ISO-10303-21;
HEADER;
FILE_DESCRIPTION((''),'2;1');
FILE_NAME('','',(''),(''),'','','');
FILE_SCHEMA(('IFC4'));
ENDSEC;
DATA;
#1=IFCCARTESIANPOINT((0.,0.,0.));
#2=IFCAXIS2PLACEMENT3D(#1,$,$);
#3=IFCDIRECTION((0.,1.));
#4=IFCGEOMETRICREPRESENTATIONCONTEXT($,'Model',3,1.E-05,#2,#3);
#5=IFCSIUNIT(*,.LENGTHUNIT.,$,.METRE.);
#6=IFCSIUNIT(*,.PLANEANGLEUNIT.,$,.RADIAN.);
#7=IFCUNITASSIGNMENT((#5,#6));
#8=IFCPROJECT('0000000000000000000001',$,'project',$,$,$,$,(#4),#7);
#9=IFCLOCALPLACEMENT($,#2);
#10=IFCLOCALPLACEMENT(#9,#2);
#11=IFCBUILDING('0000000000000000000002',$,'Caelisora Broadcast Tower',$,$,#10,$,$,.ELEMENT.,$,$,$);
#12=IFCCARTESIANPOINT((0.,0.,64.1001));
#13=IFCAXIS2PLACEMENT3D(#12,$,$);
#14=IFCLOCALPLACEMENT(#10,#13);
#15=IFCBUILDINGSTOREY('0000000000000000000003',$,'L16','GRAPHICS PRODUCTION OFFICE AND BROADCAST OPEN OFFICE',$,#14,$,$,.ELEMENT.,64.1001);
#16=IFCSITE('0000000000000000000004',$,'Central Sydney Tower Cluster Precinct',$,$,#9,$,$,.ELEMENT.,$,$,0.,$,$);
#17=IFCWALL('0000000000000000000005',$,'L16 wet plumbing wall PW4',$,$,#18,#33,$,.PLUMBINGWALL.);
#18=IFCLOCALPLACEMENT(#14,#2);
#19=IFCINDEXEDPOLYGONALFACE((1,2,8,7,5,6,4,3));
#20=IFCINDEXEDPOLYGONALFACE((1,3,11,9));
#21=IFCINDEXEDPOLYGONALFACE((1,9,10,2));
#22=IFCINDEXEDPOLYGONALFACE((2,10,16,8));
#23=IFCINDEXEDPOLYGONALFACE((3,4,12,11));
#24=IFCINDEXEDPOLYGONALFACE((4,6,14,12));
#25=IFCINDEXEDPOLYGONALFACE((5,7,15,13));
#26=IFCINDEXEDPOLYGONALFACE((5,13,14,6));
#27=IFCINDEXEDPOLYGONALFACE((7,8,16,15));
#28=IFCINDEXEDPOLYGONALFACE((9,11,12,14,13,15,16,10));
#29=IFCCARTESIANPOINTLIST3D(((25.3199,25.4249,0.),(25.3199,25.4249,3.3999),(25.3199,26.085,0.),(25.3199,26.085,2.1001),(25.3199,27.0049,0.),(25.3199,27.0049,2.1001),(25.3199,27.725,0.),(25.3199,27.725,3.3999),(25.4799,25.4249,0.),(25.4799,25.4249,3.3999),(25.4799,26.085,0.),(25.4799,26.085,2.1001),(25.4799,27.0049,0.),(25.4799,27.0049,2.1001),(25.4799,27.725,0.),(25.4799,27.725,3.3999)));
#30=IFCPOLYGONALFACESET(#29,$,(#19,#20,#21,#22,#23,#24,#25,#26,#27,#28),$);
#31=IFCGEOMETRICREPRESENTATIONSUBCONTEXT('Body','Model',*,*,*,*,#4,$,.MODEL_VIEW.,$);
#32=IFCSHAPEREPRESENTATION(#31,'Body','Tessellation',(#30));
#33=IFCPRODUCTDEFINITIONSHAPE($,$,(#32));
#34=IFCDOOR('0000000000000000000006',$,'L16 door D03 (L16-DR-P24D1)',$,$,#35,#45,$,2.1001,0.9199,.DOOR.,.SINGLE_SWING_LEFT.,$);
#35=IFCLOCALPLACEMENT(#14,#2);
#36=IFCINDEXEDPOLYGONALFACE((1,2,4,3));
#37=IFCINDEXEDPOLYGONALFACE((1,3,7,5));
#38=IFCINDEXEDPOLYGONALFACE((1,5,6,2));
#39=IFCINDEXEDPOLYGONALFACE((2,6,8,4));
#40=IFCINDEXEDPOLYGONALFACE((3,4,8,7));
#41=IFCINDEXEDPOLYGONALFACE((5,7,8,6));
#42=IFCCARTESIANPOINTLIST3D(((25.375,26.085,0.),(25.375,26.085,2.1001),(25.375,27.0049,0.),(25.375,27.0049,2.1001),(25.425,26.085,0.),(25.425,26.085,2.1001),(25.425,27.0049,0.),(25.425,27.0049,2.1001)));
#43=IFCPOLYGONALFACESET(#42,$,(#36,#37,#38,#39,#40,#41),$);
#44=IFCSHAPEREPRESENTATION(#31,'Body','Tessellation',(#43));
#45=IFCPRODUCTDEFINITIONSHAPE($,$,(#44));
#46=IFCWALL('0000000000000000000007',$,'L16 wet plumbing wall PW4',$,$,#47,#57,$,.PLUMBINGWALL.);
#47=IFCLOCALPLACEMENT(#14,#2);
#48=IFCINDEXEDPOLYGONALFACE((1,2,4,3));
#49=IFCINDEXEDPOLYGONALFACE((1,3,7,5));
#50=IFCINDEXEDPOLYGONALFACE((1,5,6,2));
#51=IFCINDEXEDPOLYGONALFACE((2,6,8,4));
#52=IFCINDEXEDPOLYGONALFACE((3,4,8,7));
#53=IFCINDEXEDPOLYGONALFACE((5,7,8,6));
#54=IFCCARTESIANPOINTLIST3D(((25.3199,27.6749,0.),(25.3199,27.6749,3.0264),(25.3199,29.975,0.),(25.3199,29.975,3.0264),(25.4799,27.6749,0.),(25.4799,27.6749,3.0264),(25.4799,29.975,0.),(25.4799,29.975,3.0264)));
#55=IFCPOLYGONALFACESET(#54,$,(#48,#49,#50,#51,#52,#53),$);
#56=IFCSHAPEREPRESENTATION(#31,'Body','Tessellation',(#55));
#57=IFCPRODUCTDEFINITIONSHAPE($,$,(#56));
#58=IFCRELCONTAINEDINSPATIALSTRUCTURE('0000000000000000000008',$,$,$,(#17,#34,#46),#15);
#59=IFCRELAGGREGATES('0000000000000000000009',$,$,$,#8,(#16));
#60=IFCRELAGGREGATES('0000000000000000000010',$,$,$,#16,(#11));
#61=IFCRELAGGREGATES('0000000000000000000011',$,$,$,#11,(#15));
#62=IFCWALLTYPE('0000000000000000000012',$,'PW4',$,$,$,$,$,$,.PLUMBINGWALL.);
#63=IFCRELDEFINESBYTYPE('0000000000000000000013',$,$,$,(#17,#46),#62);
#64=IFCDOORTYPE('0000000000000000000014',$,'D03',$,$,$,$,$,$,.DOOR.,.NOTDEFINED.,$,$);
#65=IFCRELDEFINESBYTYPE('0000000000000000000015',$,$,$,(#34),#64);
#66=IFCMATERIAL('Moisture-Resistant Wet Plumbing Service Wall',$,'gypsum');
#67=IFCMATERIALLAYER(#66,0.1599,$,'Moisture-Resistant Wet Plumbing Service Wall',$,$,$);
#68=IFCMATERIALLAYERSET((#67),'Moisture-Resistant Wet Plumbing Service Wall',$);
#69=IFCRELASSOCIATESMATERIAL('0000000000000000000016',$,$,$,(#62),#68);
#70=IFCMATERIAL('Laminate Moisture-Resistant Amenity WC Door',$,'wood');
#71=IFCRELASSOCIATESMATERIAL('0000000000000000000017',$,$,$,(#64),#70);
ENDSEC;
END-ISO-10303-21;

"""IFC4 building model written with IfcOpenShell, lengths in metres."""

from ifc_helpers import new_model, si_unit, direction, frame, frame_2d, origin, place, context, subcontext, project, spatial, rectangle, extrude, material, layer, layer_set, type_object, element, fill, save


model = new_model("IFC4")

# Units and contexts
model_context = context("Model", 3, precision=1e-05, world=origin(), true_north=direction((0.0, 1.0)))
body_context = subcontext(model_context, "Body", "Model", "MODEL_VIEW")
ifc_project = project(units=[si_unit("LENGTHUNIT", "METRE"), si_unit("PLANEANGLEUNIT", "RADIAN")], contexts=[model_context])

# Site, building, storey
site_placement = place(None, origin())
site = spatial("IfcSite", under=ifc_project, at=site_placement, Name="Central Sydney Tower Cluster Precinct", CompositionType="ELEMENT", RefElevation=0.0)
building_placement = place(site_placement, origin())
building = spatial("IfcBuilding", under=site, at=building_placement, Name="Caelisora Broadcast Tower", CompositionType="ELEMENT")
storey_placement = place(building_placement, frame((0.0, 0.0, 64.1001)))
storey = spatial("IfcBuildingStorey", under=building, at=storey_placement, Name="L16", Description="GRAPHICS PRODUCTION OFFICE AND BROADCAST OPEN OFFICE", CompositionType="ELEMENT", Elevation=64.1001)

# Wall, opening, door
ifc_material_1 = material(Name="Moisture-Resistant Wet Plumbing Service Wall", Category="gypsum")
ifc_layer_1 = layer(ifc_material_1, 0.1599, Name="Moisture-Resistant Wet Plumbing Service Wall")
ifc_layer_set_1 = layer_set([ifc_layer_1], Name="Moisture-Resistant Wet Plumbing Service Wall")
wall_type_1 = type_object("IfcWallType", Name="PW4", PredefinedType="PLUMBINGWALL", material=ifc_layer_set_1)
wall_1_placement = place(storey_placement, frame((25.3999, 25.425, 0.0), z_axis=(0.0, 0.0, 1.0), x_axis=(0.0, 1.0, 0.0)))
wall_1 = element("IfcWall", 1, at=wall_1_placement, inside=storey, type_object=wall_type_1, Name="L16 wet plumbing wall PW4", PredefinedType="PLUMBINGWALL", context=body_context, shape_type="SweptSolid", body=[
    extrude(rectangle(XDim=2.3, YDim=0.1599, at=frame_2d((1.1499, 0.0))), origin(), (0.0, 0.0, 1.0), 3.3999),
])
opening_placement = place(wall_1_placement, frame((0.6599, 0.0, 0.0)))
opening = element("IfcOpeningElement", 2, at=opening_placement, cuts=wall_1, PredefinedType="OPENING", context=body_context, shape_type="SweptSolid", body=[
    extrude(rectangle(XDim=0.9199, YDim=2.1001, at=frame_2d((0.46, 1.05))), frame((0.0, 0.092, 0.0), z_axis=(0.0, -1.0, 0.0), x_axis=(1.0, 0.0, 0.0)), (0.0, 0.0, 1.0), 0.1838),
])
ifc_material_2 = material(Name="Laminate Moisture-Resistant Amenity WC Door", Category="wood")
door_type = type_object("IfcDoorType", Name="D03", OperationType="NOTDEFINED", PredefinedType="DOOR", material=ifc_material_2)
door_placement = place(opening_placement, origin())
door = element("IfcDoor", 3, at=door_placement, inside=storey, type_object=door_type, Name="L16 door D03 (L16-DR-P24D1)", OperationType="SINGLE_SWING_LEFT", OverallHeight=2.1001, OverallWidth=0.9199, PredefinedType="DOOR", context=body_context, shape_type="SweptSolid", body=[
    extrude(rectangle(XDim=0.9199, YDim=2.1001, at=frame_2d((0.46, 1.05))), frame((0.0, 0.0249, 0.0), z_axis=(0.0, -1.0, 0.0), x_axis=(1.0, 0.0, 0.0)), (0.0, 0.0, 1.0), 0.05),
])
fill(opening, door)

# Wall
wall_2_placement = place(storey_placement, frame((25.3999, 27.675, 0.0), z_axis=(0.0, 0.0, 1.0), x_axis=(0.0, 1.0, 0.0)))
element("IfcWall", 4, at=wall_2_placement, inside=storey, type_object=wall_type_1, Name="L16 wet plumbing wall PW4", PredefinedType="PLUMBINGWALL", context=body_context, shape_type="SweptSolid", body=[
    extrude(rectangle(XDim=2.3, YDim=0.1599, at=frame_2d((1.1499, 0.0))), origin(), (0.0, 0.0, 1.0), 3.0264),
])

save(model, "model.ifc")
